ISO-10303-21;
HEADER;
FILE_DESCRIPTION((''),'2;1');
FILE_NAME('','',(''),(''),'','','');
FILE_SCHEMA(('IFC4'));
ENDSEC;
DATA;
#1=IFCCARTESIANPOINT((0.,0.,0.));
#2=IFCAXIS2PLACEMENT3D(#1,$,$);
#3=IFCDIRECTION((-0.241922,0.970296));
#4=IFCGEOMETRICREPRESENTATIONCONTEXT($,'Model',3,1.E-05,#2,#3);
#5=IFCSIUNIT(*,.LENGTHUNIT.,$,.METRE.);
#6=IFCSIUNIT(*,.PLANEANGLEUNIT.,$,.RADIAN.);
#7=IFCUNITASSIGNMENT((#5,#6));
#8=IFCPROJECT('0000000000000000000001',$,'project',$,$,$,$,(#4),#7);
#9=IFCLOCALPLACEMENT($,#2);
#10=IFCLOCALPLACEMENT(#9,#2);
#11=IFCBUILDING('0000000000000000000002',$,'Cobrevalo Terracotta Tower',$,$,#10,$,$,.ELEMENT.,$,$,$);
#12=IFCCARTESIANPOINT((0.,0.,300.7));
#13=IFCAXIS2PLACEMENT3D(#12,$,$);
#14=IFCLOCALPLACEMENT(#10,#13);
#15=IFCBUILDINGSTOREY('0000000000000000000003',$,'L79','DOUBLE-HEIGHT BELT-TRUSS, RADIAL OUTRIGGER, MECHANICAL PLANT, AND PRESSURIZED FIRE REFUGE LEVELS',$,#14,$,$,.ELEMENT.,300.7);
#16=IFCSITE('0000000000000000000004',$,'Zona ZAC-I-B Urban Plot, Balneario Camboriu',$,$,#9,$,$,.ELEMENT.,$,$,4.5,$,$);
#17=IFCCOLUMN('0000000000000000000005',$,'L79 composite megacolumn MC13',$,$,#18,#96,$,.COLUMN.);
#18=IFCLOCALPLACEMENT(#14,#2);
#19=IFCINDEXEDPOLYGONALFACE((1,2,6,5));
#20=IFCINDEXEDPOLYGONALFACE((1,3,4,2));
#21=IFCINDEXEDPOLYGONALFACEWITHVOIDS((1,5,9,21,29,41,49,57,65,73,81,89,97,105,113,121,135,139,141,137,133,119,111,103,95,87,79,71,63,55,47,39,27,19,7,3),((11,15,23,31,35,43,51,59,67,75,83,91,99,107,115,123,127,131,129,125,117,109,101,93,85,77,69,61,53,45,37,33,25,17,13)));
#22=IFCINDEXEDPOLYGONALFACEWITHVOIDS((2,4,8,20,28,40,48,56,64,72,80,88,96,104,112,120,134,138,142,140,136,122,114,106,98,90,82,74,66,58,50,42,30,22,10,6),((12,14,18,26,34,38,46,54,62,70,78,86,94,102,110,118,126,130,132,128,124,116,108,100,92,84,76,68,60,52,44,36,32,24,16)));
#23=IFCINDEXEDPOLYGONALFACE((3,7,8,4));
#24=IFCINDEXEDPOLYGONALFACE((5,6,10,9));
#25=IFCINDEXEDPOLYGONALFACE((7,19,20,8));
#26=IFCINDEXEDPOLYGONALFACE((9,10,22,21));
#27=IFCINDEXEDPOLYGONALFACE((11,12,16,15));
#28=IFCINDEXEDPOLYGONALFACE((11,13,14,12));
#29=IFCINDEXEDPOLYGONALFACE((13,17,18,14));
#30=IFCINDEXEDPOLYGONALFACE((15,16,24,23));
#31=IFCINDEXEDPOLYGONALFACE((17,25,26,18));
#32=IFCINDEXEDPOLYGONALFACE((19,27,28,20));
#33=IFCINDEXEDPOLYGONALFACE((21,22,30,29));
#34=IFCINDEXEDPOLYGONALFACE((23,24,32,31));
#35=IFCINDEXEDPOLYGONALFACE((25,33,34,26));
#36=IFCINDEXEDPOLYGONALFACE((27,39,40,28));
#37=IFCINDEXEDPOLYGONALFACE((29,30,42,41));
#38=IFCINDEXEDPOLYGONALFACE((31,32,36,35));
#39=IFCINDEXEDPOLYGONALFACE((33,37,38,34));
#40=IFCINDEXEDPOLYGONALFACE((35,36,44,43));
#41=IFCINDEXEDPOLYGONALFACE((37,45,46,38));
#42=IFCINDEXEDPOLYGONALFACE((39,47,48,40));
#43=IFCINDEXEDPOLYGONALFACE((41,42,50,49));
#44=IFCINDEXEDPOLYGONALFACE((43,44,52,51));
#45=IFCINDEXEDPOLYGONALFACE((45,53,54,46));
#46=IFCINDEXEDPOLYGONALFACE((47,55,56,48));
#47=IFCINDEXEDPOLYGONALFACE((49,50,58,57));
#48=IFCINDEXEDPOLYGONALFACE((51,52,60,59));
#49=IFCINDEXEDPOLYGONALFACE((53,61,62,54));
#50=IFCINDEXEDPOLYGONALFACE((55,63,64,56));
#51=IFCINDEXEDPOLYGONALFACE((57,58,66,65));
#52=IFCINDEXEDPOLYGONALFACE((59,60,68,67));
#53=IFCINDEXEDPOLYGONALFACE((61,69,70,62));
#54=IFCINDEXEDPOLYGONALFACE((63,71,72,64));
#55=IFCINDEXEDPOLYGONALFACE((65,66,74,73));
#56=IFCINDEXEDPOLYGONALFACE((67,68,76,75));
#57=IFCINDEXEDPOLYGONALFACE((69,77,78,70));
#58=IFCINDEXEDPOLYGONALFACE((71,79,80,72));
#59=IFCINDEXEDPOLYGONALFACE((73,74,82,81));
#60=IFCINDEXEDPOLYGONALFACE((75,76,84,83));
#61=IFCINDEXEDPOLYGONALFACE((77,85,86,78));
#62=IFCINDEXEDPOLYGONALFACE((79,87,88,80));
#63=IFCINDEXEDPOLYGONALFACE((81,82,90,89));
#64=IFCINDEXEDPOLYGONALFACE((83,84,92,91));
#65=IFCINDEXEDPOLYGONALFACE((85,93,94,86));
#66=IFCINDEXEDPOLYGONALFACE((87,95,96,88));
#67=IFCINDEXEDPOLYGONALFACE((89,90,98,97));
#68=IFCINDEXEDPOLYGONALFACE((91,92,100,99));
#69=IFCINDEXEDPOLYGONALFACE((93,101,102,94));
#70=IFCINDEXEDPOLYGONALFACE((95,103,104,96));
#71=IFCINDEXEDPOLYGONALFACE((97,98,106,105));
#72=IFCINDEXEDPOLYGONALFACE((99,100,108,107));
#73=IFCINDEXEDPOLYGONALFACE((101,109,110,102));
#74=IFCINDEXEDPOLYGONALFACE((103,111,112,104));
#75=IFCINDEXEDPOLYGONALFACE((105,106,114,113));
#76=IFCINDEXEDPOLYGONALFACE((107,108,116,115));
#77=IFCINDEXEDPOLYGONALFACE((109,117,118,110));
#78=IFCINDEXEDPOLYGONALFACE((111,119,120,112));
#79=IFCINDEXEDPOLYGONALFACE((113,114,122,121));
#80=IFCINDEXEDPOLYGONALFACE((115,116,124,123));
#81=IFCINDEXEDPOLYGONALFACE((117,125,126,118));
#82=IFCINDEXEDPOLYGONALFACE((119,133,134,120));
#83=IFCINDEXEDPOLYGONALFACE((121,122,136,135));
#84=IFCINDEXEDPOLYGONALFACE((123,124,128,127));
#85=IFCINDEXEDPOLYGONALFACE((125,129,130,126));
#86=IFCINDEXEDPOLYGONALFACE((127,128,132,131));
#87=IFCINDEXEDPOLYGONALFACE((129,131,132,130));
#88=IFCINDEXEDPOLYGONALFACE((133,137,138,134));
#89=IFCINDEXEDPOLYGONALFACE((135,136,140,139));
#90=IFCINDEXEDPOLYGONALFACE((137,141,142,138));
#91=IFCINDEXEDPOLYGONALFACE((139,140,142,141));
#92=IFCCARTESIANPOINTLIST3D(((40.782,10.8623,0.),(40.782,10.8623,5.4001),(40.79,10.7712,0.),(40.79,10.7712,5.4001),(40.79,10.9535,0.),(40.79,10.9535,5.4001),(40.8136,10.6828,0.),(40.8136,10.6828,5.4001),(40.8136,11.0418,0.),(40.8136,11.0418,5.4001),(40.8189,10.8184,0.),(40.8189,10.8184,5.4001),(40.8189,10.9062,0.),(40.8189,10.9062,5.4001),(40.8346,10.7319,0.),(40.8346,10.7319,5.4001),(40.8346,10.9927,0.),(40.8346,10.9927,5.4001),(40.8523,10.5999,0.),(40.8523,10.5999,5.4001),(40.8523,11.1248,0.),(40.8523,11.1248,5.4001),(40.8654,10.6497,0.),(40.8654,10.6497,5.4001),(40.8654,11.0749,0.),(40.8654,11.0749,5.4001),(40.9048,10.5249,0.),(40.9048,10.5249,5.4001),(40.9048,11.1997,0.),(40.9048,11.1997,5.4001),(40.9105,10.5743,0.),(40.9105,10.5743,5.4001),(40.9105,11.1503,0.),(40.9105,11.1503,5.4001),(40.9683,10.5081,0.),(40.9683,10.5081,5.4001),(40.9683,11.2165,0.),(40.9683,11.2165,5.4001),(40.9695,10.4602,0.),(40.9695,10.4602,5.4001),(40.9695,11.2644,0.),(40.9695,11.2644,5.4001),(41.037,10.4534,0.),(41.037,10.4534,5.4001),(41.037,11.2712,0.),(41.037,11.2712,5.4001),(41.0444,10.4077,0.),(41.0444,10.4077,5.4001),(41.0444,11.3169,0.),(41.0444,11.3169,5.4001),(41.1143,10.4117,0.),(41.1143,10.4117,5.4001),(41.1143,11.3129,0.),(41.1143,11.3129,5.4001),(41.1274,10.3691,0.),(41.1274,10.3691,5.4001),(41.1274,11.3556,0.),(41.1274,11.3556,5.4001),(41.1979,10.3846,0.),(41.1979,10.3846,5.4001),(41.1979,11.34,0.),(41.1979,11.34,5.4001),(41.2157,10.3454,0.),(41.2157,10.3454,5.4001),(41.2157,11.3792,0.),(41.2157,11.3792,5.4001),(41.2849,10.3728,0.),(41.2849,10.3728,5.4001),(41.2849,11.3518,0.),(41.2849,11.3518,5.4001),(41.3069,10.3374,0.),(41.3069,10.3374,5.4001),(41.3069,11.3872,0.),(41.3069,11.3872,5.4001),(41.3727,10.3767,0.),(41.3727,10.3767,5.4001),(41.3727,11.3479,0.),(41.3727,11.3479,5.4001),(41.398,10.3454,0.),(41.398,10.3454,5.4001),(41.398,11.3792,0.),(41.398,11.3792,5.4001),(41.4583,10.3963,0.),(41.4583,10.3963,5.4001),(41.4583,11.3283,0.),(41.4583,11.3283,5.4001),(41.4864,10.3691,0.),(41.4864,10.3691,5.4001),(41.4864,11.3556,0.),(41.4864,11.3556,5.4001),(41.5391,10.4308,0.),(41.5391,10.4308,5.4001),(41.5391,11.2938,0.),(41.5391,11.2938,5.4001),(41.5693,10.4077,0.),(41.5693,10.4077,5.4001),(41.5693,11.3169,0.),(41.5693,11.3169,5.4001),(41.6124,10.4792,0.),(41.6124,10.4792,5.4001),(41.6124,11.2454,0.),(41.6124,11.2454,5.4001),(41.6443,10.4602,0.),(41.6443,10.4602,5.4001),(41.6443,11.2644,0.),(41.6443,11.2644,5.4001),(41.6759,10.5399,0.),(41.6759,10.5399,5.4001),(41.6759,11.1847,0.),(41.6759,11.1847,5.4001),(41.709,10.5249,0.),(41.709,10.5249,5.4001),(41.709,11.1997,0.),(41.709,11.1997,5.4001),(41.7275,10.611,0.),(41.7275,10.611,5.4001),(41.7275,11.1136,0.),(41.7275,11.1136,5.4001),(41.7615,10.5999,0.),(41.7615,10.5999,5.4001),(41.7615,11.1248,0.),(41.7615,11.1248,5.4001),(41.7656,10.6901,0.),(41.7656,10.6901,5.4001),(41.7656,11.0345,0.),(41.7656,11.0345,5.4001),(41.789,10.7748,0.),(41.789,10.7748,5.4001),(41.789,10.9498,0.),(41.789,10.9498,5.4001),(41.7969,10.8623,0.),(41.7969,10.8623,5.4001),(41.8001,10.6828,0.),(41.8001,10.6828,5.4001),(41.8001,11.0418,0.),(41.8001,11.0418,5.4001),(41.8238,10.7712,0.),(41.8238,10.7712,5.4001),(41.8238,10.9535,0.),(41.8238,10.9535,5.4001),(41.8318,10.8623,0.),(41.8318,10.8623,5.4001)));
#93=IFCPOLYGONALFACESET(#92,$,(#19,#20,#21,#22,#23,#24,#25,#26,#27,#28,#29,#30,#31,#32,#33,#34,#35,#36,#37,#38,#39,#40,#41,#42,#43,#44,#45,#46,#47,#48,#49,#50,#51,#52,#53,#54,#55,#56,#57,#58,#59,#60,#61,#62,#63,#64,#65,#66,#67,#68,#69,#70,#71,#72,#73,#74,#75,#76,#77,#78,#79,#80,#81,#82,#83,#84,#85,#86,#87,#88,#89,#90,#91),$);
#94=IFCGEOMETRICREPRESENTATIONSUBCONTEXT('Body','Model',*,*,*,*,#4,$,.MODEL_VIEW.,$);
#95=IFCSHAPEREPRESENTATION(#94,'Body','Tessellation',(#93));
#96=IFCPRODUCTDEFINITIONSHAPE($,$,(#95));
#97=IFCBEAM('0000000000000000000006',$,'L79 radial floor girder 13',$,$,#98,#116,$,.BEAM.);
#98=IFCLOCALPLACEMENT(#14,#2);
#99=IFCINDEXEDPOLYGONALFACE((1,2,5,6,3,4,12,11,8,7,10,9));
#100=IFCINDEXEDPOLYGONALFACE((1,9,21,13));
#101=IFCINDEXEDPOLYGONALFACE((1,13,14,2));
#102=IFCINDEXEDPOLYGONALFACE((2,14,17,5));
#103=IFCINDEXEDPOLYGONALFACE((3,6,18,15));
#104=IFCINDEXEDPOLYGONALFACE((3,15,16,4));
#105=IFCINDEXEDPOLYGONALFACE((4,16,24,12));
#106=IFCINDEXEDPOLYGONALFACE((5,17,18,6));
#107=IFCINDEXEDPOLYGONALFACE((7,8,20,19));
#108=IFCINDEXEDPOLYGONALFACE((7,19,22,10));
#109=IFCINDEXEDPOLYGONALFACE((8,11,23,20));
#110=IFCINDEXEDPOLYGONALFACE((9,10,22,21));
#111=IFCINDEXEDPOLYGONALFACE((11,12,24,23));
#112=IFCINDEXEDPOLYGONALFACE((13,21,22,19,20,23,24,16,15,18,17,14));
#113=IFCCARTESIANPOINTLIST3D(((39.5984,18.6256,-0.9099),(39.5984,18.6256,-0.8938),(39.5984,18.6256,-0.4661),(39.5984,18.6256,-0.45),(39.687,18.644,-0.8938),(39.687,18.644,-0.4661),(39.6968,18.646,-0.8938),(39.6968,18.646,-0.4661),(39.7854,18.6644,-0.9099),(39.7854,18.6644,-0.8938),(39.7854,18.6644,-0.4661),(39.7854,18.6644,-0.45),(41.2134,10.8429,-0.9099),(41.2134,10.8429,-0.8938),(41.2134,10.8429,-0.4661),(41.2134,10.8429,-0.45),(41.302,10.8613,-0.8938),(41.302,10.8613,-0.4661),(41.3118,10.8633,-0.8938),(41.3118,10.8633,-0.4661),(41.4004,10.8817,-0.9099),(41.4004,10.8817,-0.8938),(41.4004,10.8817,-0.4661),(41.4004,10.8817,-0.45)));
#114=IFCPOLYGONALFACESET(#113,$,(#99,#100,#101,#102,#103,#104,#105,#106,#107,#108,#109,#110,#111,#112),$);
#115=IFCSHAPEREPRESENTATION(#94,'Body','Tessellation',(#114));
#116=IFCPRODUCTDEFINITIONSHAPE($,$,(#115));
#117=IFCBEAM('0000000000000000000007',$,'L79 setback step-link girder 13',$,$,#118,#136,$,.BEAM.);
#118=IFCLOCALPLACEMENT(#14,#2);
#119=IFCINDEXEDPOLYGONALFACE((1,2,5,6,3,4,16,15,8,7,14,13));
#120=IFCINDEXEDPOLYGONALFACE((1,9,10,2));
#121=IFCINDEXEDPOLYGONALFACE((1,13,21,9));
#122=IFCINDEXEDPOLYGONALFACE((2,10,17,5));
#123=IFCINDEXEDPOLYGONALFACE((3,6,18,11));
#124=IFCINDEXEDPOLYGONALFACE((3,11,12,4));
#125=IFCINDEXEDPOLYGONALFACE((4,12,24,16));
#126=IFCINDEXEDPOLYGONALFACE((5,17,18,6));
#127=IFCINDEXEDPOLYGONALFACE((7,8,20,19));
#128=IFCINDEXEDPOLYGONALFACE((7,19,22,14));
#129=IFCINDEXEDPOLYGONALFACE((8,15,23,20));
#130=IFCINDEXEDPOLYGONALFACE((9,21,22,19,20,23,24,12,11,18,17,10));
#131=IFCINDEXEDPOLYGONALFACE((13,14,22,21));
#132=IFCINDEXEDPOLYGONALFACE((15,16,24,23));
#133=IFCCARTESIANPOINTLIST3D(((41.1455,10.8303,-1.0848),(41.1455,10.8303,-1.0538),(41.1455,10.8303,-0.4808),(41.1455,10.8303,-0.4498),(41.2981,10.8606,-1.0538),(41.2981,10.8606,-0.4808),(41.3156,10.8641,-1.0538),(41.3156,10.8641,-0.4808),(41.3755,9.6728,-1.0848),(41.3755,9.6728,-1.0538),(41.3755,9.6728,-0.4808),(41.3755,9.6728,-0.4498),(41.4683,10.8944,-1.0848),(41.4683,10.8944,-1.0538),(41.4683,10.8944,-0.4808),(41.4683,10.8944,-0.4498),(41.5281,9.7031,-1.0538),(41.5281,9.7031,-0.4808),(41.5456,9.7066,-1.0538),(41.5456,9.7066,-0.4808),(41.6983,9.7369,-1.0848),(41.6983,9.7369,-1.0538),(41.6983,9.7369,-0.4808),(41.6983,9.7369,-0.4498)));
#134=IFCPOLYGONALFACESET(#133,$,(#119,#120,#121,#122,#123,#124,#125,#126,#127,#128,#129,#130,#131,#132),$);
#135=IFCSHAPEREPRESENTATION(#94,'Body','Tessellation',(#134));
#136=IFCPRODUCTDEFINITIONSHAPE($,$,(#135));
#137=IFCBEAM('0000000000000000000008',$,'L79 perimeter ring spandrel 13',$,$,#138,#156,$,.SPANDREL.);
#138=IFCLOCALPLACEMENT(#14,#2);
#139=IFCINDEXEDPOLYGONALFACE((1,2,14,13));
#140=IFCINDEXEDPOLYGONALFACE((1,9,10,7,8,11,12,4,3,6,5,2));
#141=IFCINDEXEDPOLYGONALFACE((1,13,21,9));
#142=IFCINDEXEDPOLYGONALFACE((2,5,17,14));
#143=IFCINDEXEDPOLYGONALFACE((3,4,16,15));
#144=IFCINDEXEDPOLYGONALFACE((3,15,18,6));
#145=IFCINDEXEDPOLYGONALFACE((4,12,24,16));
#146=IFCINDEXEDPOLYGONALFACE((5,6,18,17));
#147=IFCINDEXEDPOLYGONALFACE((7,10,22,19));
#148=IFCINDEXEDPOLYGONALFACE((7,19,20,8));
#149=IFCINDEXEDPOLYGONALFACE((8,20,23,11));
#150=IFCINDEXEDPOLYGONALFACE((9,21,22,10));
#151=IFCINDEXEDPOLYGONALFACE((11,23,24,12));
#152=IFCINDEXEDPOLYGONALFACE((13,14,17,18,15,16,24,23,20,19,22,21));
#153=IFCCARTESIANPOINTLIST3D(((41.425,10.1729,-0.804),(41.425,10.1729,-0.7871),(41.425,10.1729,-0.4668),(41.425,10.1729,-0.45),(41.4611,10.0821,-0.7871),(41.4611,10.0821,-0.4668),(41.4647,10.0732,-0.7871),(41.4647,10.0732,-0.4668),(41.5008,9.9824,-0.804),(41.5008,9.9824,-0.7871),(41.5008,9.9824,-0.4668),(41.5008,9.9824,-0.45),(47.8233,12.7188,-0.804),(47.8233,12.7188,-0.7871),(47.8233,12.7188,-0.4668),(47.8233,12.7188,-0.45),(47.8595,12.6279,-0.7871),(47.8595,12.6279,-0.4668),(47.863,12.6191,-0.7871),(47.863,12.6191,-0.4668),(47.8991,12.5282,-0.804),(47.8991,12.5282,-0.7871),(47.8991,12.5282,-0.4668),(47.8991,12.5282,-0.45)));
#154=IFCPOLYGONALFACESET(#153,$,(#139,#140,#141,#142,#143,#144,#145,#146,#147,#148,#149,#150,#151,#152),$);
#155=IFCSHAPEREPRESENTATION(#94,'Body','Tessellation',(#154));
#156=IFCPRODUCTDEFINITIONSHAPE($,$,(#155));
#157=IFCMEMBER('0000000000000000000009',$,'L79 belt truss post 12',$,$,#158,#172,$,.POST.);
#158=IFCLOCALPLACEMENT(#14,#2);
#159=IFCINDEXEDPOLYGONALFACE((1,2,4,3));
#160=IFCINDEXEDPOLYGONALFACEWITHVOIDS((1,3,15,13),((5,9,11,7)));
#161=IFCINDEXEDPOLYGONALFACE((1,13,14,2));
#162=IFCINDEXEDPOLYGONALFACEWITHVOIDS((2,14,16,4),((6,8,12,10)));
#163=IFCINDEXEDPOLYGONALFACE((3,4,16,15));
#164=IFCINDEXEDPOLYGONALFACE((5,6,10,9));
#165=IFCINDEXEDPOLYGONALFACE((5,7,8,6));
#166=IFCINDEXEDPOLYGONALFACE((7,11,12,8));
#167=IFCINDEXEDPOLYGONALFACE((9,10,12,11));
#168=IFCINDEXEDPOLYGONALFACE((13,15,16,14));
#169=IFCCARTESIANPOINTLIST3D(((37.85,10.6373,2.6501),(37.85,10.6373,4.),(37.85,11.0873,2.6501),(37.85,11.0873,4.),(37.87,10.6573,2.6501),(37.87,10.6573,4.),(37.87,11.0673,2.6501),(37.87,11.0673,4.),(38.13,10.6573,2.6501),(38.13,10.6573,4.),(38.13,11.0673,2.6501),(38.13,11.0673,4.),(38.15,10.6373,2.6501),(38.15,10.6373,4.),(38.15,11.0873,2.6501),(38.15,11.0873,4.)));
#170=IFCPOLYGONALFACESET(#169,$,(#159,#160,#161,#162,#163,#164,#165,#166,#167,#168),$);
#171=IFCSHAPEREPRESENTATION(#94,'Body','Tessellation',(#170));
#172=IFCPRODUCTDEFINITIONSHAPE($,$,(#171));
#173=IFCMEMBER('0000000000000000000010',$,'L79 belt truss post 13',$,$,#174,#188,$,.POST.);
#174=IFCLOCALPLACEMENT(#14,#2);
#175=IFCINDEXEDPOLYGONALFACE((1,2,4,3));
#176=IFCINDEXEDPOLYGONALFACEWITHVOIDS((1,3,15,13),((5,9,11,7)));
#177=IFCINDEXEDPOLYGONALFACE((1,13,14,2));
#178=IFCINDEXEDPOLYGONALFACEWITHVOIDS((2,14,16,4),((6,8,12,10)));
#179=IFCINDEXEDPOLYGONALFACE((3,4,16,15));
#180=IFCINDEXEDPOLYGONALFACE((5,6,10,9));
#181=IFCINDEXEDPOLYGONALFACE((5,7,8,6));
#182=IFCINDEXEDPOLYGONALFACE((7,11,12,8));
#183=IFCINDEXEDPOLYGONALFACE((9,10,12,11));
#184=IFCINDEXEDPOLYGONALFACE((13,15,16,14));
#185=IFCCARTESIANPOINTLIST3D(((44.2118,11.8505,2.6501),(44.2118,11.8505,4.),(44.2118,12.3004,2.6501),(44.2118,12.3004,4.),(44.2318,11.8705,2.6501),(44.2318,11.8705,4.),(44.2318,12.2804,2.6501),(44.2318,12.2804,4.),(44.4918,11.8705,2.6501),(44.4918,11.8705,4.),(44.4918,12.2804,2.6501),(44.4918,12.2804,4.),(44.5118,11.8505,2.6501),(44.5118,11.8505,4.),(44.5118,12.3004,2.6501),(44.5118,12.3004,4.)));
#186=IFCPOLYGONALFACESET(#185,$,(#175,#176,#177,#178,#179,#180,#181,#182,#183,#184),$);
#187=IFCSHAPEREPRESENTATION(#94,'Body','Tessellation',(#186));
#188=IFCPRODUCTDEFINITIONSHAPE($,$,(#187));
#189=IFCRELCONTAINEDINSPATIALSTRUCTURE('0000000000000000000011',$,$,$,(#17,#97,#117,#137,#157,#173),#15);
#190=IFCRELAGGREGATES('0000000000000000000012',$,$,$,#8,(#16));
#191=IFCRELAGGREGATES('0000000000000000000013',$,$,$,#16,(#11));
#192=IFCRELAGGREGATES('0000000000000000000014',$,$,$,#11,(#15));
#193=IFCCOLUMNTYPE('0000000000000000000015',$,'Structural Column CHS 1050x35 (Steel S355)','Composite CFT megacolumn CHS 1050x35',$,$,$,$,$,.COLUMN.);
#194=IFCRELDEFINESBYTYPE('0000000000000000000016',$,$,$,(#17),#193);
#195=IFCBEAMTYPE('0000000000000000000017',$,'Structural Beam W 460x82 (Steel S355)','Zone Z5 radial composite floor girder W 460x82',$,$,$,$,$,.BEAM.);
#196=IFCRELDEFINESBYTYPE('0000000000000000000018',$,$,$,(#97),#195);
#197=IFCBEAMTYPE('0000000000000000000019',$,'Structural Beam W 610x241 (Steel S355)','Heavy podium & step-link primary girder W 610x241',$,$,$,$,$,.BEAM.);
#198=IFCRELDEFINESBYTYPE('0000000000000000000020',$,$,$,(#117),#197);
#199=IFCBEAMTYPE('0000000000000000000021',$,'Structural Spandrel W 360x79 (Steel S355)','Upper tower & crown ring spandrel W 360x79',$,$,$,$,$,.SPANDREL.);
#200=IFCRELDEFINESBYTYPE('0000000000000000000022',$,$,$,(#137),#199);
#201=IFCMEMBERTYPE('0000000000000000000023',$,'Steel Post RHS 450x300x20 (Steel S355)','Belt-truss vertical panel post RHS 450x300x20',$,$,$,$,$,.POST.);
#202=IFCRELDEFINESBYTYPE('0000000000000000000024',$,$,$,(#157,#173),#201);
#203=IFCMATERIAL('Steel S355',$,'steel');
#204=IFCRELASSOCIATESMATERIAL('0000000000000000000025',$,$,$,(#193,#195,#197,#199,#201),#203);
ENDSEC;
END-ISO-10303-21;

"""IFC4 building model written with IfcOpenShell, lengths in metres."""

from ifc_helpers import new_model, si_unit, direction, frame, origin, origin_2d, place, context, subcontext, project, spatial, hollow_rectangle, hollow_circle, i_section, extrude, source, transform, mapped, material, material_profile, profile_set, type_object, element, save


model = new_model("IFC4")

# Units and contexts
model_context = context("Model", 3, precision=1e-05, world=origin(), true_north=direction((-0.241922, 0.970296)))
body_context = subcontext(model_context, "Body", "Model", "MODEL_VIEW")
ifc_project = project(units=[si_unit("LENGTHUNIT", "METRE"), si_unit("PLANEANGLEUNIT", "RADIAN")], contexts=[model_context])

# Site, building, storey
site_placement = place(None, origin())
site = spatial("IfcSite", under=ifc_project, at=site_placement, Name="Zona ZAC-I-B Urban Plot, Balneario Camboriu", CompositionType="ELEMENT", RefElevation=4.5)
building_placement = place(site_placement, origin())
building = spatial("IfcBuilding", under=site, at=building_placement, Name="Cobrevalo Terracotta Tower", CompositionType="ELEMENT")
storey_placement = place(building_placement, frame((0.0, 0.0, 300.7)))
storey = spatial("IfcBuildingStorey", under=building, at=storey_placement, Name="L79", Description="DOUBLE-HEIGHT BELT-TRUSS, RADIAL OUTRIGGER, MECHANICAL PLANT, AND PRESSURIZED FIRE REFUGE LEVELS", CompositionType="ELEMENT", Elevation=300.7)

# Column
ifc_material_1 = material(Name="Steel S355", Category="steel")
ifc_material_profile_1 = material_profile(ifc_material_1, hollow_circle(Radius=0.5249, WallThickness=0.0349, at=origin_2d()), Name="CHS 1050x35")
ifc_profile_set_1 = profile_set([ifc_material_profile_1], Name="Steel S355")
column_type = type_object("IfcColumnType", Name="Structural Column CHS 1050x35 (Steel S355)", Description="Composite CFT megacolumn CHS 1050x35", PredefinedType="COLUMN", material=ifc_profile_set_1)
column_placement = place(storey_placement, frame((41.3069, 10.8623, 0.0), z_axis=(0.0, 0.0, 1.0), x_axis=(1.0, 0.0, 0.0)))
element("IfcColumn", 1, at=column_placement, inside=storey, type_object=column_type, Name="L79 composite megacolumn MC13", PredefinedType="COLUMN", context=body_context, shape_type="SweptSolid", body=[
    extrude(hollow_circle(Radius=0.5249, WallThickness=0.0349, at=origin_2d()), origin(), (0.0, 0.0, 1.0), 5.4001),
])

# Beams
ifc_material_profile_2 = material_profile(ifc_material_1, i_section(OverallWidth=0.1909, OverallDepth=0.46, WebThickness=0.01, FlangeThickness=0.0161, at=origin_2d()), Name="W 460x82")
ifc_profile_set_2 = profile_set([ifc_material_profile_2], Name="Steel S355")
beam_type_1 = type_object("IfcBeamType", Name="Structural Beam W 460x82 (Steel S355)", Description="Zone Z5 radial composite floor girder W 460x82", PredefinedType="BEAM", material=ifc_profile_set_2)
beam_1_placement = place(storey_placement, frame((41.3069, 10.8623, -0.6799), z_axis=(-0.203181, 0.979141, 0.0), x_axis=(-0.979141, -0.203181, 0.0)))
element("IfcBeam", 2, at=beam_1_placement, inside=storey, type_object=beam_type_1, Name="L79 radial floor girder 13", PredefinedType="BEAM", context=body_context, shape_type="SweptSolid", body=[
    extrude(i_section(OverallWidth=0.1909, OverallDepth=0.46, WebThickness=0.01, FlangeThickness=0.0161, at=origin_2d()), origin(), (0.0, 0.0, 1.0), 7.9485),
])
ifc_material_profile_3 = material_profile(ifc_material_1, i_section(OverallWidth=0.3291, OverallDepth=0.635, WebThickness=0.0178, FlangeThickness=0.031, at=origin_2d()), Name="W 610x241")
ifc_profile_set_3 = profile_set([ifc_material_profile_3], Name="Steel S355")
beam_type_2 = type_object("IfcBeamType", Name="Structural Beam W 610x241 (Steel S355)", Description="Heavy podium & step-link primary girder W 610x241", PredefinedType="BEAM", material=ifc_profile_set_3)
beam_2_placement = place(storey_placement, frame((41.5369, 9.7048, -0.7673), z_axis=(-0.194883, 0.980827, 0.0), x_axis=(-0.980827, -0.194883, 0.0)))
element("IfcBeam", 3, at=beam_2_placement, inside=storey, type_object=beam_type_2, Name="L79 setback step-link girder 13", PredefinedType="BEAM", context=body_context, shape_type="SweptSolid", body=[
    extrude(i_section(OverallWidth=0.3291, OverallDepth=0.635, WebThickness=0.0178, FlangeThickness=0.031, at=origin_2d()), origin(), (0.0, 0.0, 1.0), 1.1802),
])
ifc_material_profile_4 = material_profile(ifc_material_1, i_section(OverallWidth=0.2051, OverallDepth=0.354, WebThickness=0.0095, FlangeThickness=0.0168, at=origin_2d()), Name="W 360x79")
ifc_profile_set_4 = profile_set([ifc_material_profile_4], Name="Steel S355")
beam_type_3 = type_object("IfcBeamType", Name="Structural Spandrel W 360x79 (Steel S355)", Description="Upper tower & crown ring spandrel W 360x79", PredefinedType="SPANDREL", material=ifc_profile_set_4)
beam_3_placement = place(storey_placement, frame((41.4629, 10.0776, -0.627), z_axis=(0.92915, 0.369703, 0.0), x_axis=(-0.369703, 0.92915, 0.0)))
element("IfcBeam", 4, at=beam_3_placement, inside=storey, type_object=beam_type_3, Name="L79 perimeter ring spandrel 13", PredefinedType="SPANDREL", context=body_context, shape_type="SweptSolid", body=[
    extrude(i_section(OverallWidth=0.2051, OverallDepth=0.354, WebThickness=0.0095, FlangeThickness=0.0168, at=origin_2d()), origin(), (0.0, 0.0, 1.0), 6.8862),
])

# Members
ifc_material_profile_5 = material_profile(ifc_material_1, hollow_rectangle(XDim=0.3, YDim=0.45, WallThickness=0.02, at=origin_2d()), Name="RHS 450x300x20")
ifc_profile_set_5 = profile_set([ifc_material_profile_5], Name="Steel S355")
member_type_1 = type_object("IfcMemberType", Name="Steel Post RHS 450x300x20 (Steel S355)", Description="Belt-truss vertical panel post RHS 450x300x20", PredefinedType="POST", material=ifc_profile_set_5)
shared_shape_1 = source(origin(), body_context, "Body", "SweptSolid", [
    extrude(hollow_rectangle(XDim=0.3, YDim=0.45, WallThickness=0.02, at=origin_2d()), origin(), (0.0, 0.0, 1.0), 1.3499),
])
for number, where, z_axis, x_axis, name in (
    (5, (38.0, 10.8623, 2.6501), (0.0, 0.0, 1.0), (1.0, 0.0, 0.0), "L79 belt truss post 12"),
    (6, (44.3618, 12.0754, 2.6501), (0.0, 0.0, 1.0), (1.0, 0.0, 0.0), "L79 belt truss post 13"),
):
    element("IfcMember", number, at=place(storey_placement, frame(where, z_axis=z_axis, x_axis=x_axis)), inside=storey, type_object=member_type_1, Name=name, PredefinedType="POST", context=body_context, shape_type="MappedRepresentation", body=[
        mapped(shared_shape_1, transform((0.0, 0.0, 0.0), scale=1.0)),
    ])

save(model, "model.ifc")
